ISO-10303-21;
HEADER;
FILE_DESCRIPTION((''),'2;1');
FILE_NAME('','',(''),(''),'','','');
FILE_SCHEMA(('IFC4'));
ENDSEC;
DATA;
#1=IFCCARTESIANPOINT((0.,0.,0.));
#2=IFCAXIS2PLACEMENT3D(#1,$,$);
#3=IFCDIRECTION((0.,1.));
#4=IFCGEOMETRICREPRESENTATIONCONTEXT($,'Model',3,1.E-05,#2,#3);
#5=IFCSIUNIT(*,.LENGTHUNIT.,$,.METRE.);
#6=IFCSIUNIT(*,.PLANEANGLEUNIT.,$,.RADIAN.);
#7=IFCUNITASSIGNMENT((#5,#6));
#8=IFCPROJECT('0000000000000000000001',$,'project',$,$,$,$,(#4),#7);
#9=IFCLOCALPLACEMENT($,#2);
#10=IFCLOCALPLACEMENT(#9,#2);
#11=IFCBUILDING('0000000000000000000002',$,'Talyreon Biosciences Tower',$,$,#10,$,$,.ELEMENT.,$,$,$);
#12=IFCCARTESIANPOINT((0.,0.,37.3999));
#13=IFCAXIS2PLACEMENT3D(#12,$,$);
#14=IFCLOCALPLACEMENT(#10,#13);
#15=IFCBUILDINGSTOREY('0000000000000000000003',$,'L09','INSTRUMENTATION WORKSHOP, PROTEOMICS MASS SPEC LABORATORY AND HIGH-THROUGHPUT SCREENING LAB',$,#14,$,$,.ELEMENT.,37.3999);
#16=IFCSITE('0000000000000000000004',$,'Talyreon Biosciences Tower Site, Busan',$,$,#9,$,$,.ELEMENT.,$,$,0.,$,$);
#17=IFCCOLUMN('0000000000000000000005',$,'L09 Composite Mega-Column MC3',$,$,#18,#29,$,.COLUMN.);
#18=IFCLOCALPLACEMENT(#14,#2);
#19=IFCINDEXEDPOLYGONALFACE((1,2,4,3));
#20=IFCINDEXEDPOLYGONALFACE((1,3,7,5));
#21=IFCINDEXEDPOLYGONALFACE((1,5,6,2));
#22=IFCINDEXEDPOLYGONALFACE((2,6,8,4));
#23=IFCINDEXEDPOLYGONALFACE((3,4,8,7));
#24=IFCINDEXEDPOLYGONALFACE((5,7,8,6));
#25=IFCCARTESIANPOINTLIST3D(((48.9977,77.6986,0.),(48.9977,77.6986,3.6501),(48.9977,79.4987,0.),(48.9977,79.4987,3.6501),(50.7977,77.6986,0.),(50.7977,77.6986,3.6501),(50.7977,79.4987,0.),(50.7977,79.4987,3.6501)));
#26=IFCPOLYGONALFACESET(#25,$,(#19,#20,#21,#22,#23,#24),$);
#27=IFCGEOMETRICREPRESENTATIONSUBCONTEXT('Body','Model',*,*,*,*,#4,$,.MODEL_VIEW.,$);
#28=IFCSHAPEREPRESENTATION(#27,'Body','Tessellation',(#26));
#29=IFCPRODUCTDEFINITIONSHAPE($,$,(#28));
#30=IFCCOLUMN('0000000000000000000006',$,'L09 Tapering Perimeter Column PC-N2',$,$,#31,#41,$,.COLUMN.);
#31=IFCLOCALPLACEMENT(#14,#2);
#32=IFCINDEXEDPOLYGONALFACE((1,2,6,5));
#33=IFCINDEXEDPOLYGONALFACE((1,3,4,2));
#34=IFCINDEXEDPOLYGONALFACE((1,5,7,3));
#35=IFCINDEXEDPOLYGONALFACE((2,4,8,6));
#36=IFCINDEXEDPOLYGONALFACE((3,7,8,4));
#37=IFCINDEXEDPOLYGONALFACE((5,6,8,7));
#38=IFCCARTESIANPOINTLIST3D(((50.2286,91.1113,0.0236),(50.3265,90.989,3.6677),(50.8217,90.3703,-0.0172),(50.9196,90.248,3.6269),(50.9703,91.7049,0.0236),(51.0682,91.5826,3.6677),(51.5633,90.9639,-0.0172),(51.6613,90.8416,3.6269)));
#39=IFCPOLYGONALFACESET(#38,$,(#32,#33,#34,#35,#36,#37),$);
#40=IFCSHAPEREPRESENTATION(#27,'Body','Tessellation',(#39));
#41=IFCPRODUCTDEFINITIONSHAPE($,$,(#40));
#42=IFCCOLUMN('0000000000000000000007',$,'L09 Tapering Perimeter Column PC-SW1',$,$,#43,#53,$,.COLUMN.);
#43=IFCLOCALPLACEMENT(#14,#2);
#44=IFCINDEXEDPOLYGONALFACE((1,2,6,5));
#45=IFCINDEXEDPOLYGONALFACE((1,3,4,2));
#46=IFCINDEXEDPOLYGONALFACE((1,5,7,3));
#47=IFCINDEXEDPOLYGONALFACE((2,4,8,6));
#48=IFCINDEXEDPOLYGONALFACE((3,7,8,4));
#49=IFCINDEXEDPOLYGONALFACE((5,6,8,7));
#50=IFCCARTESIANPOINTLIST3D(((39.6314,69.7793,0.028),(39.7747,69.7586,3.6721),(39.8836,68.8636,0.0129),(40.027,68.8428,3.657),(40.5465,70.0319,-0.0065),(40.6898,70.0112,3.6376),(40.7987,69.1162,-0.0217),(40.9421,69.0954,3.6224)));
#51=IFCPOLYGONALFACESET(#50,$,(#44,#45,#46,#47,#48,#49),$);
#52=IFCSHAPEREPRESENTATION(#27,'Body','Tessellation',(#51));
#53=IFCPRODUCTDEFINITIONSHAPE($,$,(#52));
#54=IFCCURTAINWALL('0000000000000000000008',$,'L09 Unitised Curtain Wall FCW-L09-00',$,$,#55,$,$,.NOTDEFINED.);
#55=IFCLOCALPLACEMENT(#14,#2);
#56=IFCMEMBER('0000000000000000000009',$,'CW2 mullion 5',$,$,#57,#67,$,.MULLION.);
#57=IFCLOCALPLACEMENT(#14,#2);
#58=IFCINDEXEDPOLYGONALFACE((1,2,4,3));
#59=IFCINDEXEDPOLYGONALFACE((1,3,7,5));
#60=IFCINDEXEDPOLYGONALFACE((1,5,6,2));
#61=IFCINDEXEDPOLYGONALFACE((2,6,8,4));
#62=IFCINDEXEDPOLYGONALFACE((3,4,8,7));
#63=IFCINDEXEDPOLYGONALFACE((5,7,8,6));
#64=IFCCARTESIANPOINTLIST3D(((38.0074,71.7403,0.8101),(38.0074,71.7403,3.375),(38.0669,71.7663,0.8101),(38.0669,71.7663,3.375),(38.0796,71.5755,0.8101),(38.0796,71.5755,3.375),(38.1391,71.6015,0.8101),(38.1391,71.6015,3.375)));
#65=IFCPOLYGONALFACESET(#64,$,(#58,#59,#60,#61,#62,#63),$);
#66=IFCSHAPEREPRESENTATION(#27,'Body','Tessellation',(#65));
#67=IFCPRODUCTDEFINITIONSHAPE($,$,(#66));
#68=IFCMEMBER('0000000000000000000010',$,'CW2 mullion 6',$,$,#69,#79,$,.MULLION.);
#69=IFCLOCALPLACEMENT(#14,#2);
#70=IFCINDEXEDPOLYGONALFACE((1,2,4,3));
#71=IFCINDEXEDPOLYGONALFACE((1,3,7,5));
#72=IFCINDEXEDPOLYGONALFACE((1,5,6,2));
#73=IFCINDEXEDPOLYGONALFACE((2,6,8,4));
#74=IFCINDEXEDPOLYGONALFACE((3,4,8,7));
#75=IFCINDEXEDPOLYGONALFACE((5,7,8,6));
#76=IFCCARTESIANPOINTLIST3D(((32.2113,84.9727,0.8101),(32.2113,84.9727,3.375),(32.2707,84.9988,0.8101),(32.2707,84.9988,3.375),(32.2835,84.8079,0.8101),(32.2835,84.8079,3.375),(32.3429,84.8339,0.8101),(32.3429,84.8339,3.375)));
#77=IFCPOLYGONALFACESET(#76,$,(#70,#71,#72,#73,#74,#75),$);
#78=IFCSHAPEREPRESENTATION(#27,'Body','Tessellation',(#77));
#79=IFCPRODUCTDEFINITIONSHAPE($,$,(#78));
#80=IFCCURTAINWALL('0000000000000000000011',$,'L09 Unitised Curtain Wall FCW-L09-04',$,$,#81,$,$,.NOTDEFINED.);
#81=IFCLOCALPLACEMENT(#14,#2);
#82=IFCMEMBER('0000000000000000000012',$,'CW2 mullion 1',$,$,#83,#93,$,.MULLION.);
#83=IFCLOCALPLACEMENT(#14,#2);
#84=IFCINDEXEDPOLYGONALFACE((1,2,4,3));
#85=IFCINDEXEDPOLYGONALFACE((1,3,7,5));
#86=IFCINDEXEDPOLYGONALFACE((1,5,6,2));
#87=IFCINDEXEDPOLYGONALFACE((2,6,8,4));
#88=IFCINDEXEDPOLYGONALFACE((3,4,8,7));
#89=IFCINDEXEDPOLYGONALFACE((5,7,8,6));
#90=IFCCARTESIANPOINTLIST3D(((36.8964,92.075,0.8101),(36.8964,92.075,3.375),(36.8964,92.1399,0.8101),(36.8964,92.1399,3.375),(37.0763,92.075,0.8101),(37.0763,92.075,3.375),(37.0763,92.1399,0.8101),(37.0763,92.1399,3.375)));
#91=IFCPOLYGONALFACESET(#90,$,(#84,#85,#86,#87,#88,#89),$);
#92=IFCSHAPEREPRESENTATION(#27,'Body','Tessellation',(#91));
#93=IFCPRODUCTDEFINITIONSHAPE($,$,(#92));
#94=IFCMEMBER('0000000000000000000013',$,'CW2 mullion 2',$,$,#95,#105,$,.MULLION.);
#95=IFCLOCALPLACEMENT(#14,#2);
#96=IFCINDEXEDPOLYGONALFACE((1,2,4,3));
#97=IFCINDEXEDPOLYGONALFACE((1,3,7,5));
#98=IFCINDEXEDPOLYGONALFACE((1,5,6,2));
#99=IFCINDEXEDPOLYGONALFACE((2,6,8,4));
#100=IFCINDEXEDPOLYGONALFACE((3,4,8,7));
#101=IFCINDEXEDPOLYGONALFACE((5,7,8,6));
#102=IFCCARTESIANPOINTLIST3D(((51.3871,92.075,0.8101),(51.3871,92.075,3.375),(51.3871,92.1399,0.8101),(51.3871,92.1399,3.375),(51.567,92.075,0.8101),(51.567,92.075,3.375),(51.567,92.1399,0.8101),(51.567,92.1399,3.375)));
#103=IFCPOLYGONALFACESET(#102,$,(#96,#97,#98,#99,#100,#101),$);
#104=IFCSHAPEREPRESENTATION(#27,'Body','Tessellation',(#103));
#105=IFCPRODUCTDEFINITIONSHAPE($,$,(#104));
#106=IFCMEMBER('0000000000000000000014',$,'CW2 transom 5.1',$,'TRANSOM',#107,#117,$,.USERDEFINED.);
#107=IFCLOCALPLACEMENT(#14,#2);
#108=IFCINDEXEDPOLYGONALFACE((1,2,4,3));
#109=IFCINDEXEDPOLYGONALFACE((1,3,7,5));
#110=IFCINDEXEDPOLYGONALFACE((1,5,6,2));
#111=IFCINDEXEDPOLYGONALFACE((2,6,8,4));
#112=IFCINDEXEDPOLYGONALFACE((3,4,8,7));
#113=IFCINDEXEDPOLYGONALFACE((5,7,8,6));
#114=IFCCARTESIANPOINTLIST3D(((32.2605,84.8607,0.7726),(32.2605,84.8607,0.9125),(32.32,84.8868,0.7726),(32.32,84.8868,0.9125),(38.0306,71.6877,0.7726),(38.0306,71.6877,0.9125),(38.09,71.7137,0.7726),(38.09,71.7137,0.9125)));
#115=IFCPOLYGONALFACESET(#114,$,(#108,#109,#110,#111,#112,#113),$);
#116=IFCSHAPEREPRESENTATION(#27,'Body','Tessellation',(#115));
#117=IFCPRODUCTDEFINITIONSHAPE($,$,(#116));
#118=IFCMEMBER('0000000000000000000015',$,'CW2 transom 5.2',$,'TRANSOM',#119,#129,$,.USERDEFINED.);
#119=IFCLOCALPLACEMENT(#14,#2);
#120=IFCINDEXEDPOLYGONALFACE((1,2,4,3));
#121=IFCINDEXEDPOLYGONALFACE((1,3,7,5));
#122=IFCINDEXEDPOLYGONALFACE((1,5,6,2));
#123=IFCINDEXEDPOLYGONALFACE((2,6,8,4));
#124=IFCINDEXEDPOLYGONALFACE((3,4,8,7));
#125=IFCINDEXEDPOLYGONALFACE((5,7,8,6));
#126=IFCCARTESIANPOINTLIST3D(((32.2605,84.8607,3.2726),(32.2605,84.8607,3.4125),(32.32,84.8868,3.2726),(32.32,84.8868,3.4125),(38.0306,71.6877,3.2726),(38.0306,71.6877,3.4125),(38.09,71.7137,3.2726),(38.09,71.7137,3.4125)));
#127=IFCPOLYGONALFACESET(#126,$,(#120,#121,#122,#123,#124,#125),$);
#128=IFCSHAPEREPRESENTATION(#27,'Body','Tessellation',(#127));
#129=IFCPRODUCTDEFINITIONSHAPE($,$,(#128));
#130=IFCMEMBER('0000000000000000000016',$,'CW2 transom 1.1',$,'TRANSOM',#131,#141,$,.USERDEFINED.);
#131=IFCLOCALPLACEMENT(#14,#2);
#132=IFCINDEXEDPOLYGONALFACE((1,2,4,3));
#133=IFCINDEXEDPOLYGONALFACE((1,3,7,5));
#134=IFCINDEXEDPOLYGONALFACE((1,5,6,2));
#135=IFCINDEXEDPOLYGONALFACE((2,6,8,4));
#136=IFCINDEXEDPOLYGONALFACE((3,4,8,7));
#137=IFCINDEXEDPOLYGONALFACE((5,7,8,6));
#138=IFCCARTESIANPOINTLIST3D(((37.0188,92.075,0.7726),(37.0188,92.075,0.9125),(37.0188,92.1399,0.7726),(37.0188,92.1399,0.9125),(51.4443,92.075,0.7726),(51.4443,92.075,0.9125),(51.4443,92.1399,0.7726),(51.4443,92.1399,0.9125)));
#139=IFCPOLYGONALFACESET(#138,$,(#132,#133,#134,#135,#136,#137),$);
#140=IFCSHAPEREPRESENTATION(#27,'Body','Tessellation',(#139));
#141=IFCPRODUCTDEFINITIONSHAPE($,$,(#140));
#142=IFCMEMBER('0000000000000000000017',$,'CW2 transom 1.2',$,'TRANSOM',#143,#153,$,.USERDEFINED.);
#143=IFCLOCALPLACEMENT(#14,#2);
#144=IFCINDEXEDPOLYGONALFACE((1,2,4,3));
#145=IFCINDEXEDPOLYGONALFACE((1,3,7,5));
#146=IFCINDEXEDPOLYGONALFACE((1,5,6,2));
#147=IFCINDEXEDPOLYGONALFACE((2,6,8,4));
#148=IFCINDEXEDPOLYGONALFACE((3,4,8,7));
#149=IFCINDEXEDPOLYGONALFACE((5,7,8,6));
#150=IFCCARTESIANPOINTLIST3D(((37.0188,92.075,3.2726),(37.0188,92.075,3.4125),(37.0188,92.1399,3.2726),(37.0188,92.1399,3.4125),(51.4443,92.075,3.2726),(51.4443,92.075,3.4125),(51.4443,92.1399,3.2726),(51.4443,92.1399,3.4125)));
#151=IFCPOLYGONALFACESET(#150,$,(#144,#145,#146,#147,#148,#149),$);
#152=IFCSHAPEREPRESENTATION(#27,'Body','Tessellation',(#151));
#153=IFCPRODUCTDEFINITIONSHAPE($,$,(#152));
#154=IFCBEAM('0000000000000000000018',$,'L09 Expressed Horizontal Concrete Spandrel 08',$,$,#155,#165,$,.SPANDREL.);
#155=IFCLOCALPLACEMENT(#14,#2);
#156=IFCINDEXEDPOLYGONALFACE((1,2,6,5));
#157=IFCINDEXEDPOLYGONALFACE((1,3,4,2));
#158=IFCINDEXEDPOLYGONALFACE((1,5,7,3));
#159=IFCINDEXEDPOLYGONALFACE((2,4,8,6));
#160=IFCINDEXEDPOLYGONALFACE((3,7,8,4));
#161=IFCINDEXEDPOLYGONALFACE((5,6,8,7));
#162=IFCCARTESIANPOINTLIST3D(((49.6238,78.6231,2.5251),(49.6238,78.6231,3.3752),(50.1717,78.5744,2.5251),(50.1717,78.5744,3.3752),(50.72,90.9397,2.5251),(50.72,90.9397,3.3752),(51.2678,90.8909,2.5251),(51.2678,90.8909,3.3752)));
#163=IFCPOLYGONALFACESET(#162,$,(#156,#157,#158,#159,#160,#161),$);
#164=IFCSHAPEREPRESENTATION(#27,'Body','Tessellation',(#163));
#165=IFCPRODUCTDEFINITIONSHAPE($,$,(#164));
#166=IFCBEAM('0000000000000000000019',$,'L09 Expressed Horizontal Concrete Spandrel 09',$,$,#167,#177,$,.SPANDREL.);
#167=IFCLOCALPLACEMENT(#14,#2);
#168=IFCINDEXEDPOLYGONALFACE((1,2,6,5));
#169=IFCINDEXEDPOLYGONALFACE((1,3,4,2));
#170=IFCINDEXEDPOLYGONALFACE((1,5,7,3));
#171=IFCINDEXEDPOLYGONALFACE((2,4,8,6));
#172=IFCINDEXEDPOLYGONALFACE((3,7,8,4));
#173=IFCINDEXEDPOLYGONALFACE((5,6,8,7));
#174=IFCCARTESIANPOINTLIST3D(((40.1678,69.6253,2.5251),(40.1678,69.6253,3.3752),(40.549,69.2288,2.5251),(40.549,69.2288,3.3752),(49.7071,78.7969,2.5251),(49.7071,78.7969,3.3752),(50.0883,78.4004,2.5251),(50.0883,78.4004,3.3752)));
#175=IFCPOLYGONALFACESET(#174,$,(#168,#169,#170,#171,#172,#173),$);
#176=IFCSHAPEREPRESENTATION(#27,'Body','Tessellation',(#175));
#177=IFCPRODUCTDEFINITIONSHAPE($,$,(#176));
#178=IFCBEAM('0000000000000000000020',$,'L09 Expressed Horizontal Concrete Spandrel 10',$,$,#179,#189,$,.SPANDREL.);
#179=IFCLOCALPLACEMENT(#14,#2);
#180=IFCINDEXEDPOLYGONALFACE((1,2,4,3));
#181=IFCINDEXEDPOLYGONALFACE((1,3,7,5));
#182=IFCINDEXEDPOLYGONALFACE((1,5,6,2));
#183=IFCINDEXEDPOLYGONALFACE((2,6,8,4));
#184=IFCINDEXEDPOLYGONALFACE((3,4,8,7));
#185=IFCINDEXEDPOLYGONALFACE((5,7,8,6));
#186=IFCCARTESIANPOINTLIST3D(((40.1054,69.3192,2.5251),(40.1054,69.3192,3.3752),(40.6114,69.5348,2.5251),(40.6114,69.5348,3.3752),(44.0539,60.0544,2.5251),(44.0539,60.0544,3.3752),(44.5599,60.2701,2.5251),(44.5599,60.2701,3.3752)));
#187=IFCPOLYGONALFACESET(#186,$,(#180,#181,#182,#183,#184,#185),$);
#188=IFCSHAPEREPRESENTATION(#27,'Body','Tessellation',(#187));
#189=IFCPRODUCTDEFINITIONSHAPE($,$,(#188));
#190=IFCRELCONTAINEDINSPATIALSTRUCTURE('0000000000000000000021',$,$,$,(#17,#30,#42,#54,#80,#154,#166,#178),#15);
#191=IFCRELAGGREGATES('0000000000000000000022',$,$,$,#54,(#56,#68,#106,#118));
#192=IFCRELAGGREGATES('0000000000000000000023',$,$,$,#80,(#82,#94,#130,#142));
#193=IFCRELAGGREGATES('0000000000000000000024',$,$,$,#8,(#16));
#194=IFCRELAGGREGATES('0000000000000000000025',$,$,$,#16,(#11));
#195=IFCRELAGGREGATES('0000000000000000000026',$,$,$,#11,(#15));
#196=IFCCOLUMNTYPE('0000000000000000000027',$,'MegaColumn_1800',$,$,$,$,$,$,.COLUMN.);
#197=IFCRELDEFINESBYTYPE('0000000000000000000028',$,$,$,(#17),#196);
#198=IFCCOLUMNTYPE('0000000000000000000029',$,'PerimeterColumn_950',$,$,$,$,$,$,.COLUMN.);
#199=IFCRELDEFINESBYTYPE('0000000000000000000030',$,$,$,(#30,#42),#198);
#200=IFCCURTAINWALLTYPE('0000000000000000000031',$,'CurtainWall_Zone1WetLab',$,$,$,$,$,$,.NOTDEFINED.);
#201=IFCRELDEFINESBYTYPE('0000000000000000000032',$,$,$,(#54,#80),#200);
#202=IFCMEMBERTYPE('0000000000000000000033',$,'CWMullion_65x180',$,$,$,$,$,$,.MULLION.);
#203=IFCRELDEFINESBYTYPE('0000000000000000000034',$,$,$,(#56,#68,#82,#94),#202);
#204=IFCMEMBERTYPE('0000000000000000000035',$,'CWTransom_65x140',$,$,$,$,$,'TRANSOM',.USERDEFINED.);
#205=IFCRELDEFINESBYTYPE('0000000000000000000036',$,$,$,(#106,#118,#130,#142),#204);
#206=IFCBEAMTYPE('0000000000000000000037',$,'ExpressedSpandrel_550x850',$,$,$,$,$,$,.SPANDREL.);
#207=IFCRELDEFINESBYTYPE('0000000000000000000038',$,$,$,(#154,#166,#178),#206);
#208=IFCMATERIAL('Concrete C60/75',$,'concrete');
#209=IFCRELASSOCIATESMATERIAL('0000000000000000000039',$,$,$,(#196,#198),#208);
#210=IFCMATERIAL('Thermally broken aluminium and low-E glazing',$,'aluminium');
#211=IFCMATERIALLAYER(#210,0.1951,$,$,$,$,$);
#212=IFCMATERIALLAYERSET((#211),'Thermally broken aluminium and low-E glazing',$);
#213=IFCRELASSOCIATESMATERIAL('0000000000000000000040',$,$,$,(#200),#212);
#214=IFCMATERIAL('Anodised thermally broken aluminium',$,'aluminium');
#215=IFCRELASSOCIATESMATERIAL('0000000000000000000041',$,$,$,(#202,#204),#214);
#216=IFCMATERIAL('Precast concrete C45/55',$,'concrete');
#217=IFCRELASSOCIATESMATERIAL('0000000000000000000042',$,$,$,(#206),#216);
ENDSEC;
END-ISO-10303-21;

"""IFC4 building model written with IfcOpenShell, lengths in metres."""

from ifc_helpers import new_model, si_unit, direction, frame, origin, origin_2d, place, context, subcontext, project, spatial, rectangle, extrude, material, layer, layer_set, material_profile, profile_set, type_object, element, aggregate, save


model = new_model("IFC4")

# Units and contexts
model_context = context("Model", 3, precision=1e-05, world=origin(), true_north=direction((0.0, 1.0)))
body_context = subcontext(model_context, "Body", "Model", "MODEL_VIEW")
ifc_project = project(units=[si_unit("LENGTHUNIT", "METRE"), si_unit("PLANEANGLEUNIT", "RADIAN")], contexts=[model_context])

# Site, building, storey
site_placement = place(None, origin())
site = spatial("IfcSite", under=ifc_project, at=site_placement, Name="Talyreon Biosciences Tower Site, Busan", CompositionType="ELEMENT", RefElevation=0.0)
building_placement = place(site_placement, origin())
building = spatial("IfcBuilding", under=site, at=building_placement, Name="Talyreon Biosciences Tower", CompositionType="ELEMENT")
storey_placement = place(building_placement, frame((0.0, 0.0, 37.3999)))
storey = spatial("IfcBuildingStorey", under=building, at=storey_placement, Name="L09", Description="INSTRUMENTATION WORKSHOP, PROTEOMICS MASS SPEC LABORATORY AND HIGH-THROUGHPUT SCREENING LAB", CompositionType="ELEMENT", Elevation=37.3999)

# Columns
ifc_material_1 = material(Name="Concrete C60/75", Category="concrete")
ifc_material_profile_1 = material_profile(ifc_material_1, rectangle(XDim=1.8, YDim=1.8, at=origin_2d()), Name="RC 1800x1800")
ifc_profile_set_1 = profile_set([ifc_material_profile_1], Name="Concrete C60/75")
column_type_1 = type_object("IfcColumnType", Name="MegaColumn_1800", PredefinedType="COLUMN", material=ifc_profile_set_1)
column_1_placement = place(storey_placement, frame((49.8977, 78.5986, 0.0), z_axis=(0.0, 0.0, 1.0), x_axis=(1.0, 0.0, 0.0)))
element("IfcColumn", 1, at=column_1_placement, inside=storey, type_object=column_type_1, Name="L09 Composite Mega-Column MC3", PredefinedType="COLUMN", context=body_context, shape_type="SweptSolid", body=[
    extrude(rectangle(XDim=1.8, YDim=1.8, at=origin_2d()), origin(), (0.0, 0.0, 1.0), 3.6501),
])
ifc_material_profile_2 = material_profile(ifc_material_1, rectangle(XDim=0.95, YDim=0.95, at=origin_2d()), Name="RC 950x950")
ifc_profile_set_2 = profile_set([ifc_material_profile_2], Name="Concrete C60/75")
column_type_2 = type_object("IfcColumnType", Name="PerimeterColumn_950", PredefinedType="COLUMN", material=ifc_profile_set_2)
column_2_placement = place(storey_placement, frame((50.896, 91.0376, 0.0032), z_axis=(0.026841, -0.033535, 0.999077), x_axis=(-0.780717, -0.624885, 0.0)))
element("IfcColumn", 2, at=column_2_placement, inside=storey, type_object=column_type_2, Name="L09 Tapering Perimeter Column PC-N2", PredefinedType="COLUMN", context=body_context, shape_type="SweptSolid", body=[
    extrude(rectangle(XDim=0.95, YDim=0.95, at=origin_2d()), origin(), (0.0, 0.0, 1.0), 3.6475),
])
column_3_placement = place(storey_placement, frame((40.2151, 69.4478, 0.0032), z_axis=(0.039296, -0.00569, 0.999211), x_axis=(0.963308, 0.265922, -0.03637)))
element("IfcColumn", 3, at=column_3_placement, inside=storey, type_object=column_type_2, Name="L09 Tapering Perimeter Column PC-SW1", PredefinedType="COLUMN", context=body_context, shape_type="SweptSolid", body=[
    extrude(rectangle(XDim=0.95, YDim=0.95, at=origin_2d()), origin(), (0.0, 0.0, 1.0), 3.647),
])

# Curtain walls, members
ifc_material_2 = material(Name="Thermally broken aluminium and low-E glazing", Category="aluminium")
ifc_layer_1 = layer(ifc_material_2, 0.1951)
ifc_layer_set_1 = layer_set([ifc_layer_1], Name="Thermally broken aluminium and low-E glazing")
curtain_wall_type = type_object("IfcCurtainWallType", Name="CurtainWall_Zone1WetLab", PredefinedType="NOTDEFINED", material=ifc_layer_set_1)
curtain_wall_1_placement = place(storey_placement, origin())
curtain_wall_1 = element("IfcCurtainWall", 4, at=curtain_wall_1_placement, inside=storey, type_object=curtain_wall_type, Name="L09 Unitised Curtain Wall FCW-L09-00", PredefinedType="NOTDEFINED")
ifc_material_3 = material(Name="Anodised thermally broken aluminium", Category="aluminium")
ifc_material_profile_3 = material_profile(ifc_material_3, rectangle(XDim=0.0649, YDim=0.1799, at=origin_2d()), Name="ALUM MULLION 65x180")
ifc_profile_set_3 = profile_set([ifc_material_profile_3], Name="Anodised thermally broken aluminium")
member_type_1 = type_object("IfcMemberType", Name="CWMullion_65x180", PredefinedType="MULLION", material=ifc_profile_set_3)
member_1_placement = place(storey_placement, frame((38.0732, 71.6709, 0.8101), z_axis=(0.0, 0.0, 1.0), x_axis=(-0.91598, -0.401223, 0.0)))
member_1 = element("IfcMember", 5, at=member_1_placement, type_object=member_type_1, Name="CW2 mullion 5", PredefinedType="MULLION", context=body_context, shape_type="SweptSolid", body=[
    extrude(rectangle(XDim=0.0649, YDim=0.1799, at=origin_2d()), origin(), (0.0, 0.0, 1.0), 2.5649),
])
member_2_placement = place(storey_placement, frame((32.2771, 84.9033, 0.8101), z_axis=(0.0, 0.0, 1.0), x_axis=(-0.91598, -0.401223, 0.0)))
member_2 = element("IfcMember", 6, at=member_2_placement, type_object=member_type_1, Name="CW2 mullion 6", PredefinedType="MULLION", context=body_context, shape_type="SweptSolid", body=[
    extrude(rectangle(XDim=0.0649, YDim=0.1799, at=origin_2d()), origin(), (0.0, 0.0, 1.0), 2.5649),
])
curtain_wall_2_placement = place(storey_placement, origin())
curtain_wall_2 = element("IfcCurtainWall", 7, at=curtain_wall_2_placement, inside=storey, type_object=curtain_wall_type, Name="L09 Unitised Curtain Wall FCW-L09-04", PredefinedType="NOTDEFINED")
member_3_placement = place(storey_placement, frame((36.9863, 92.1074, 0.8101), z_axis=(0.0, 0.0, 1.0), x_axis=(0.0, 1.0, 0.0)))
member_3 = element("IfcMember", 8, at=member_3_placement, type_object=member_type_1, Name="CW2 mullion 1", PredefinedType="MULLION", context=body_context, shape_type="SweptSolid", body=[
    extrude(rectangle(XDim=0.0649, YDim=0.1799, at=origin_2d()), origin(), (0.0, 0.0, 1.0), 2.5649),
])
member_4_placement = place(storey_placement, frame((51.4771, 92.1074, 0.8101), z_axis=(0.0, 0.0, 1.0), x_axis=(0.0, 1.0, 0.0)))
member_4 = element("IfcMember", 9, at=member_4_placement, type_object=member_type_1, Name="CW2 mullion 2", PredefinedType="MULLION", context=body_context, shape_type="SweptSolid", body=[
    extrude(rectangle(XDim=0.0649, YDim=0.1799, at=origin_2d()), origin(), (0.0, 0.0, 1.0), 2.5649),
])

# Members
ifc_material_profile_4 = material_profile(ifc_material_3, rectangle(XDim=0.0649, YDim=0.1399, at=origin_2d()), Name="ALUM TRANSOM 65x140")
ifc_profile_set_4 = profile_set([ifc_material_profile_4], Name="Anodised thermally broken aluminium")
member_type_2 = type_object("IfcMemberType", Name="CWTransom_65x140", ElementType="TRANSOM", PredefinedType="USERDEFINED", material=ifc_profile_set_4)
member_5_placement = place(storey_placement, frame((38.0603, 71.7007, 0.8425), z_axis=(-0.401215, 0.915984, 0.0), x_axis=(-0.915984, -0.401215, 0.0)))
member_5 = element("IfcMember", 10, at=member_5_placement, type_object=member_type_2, Name="CW2 transom 5.1", ObjectType="TRANSOM", PredefinedType="USERDEFINED", context=body_context, shape_type="SweptSolid", body=[
    extrude(rectangle(XDim=0.0649, YDim=0.1399, at=origin_2d()), origin(), (0.0, 0.0, 1.0), 14.3813),
])
member_6_placement = place(storey_placement, frame((38.0603, 71.7007, 3.3425), z_axis=(-0.401215, 0.915984, 0.0), x_axis=(-0.915984, -0.401215, 0.0)))
member_6 = element("IfcMember", 11, at=member_6_placement, type_object=member_type_2, Name="CW2 transom 5.2", ObjectType="TRANSOM", PredefinedType="USERDEFINED", context=body_context, shape_type="SweptSolid", body=[
    extrude(rectangle(XDim=0.0649, YDim=0.1399, at=origin_2d()), origin(), (0.0, 0.0, 1.0), 14.3813),
])
member_7_placement = place(storey_placement, frame((37.0188, 92.1074, 0.8425), z_axis=(1.0, 0.0, 0.0), x_axis=(0.0, 1.0, 0.0)))
member_7 = element("IfcMember", 12, at=member_7_placement, type_object=member_type_2, Name="CW2 transom 1.1", ObjectType="TRANSOM", PredefinedType="USERDEFINED", context=body_context, shape_type="SweptSolid", body=[
    extrude(rectangle(XDim=0.0649, YDim=0.1399, at=origin_2d()), origin(), (0.0, 0.0, 1.0), 14.4255),
])
member_8_placement = place(storey_placement, frame((37.0188, 92.1074, 3.3425), z_axis=(1.0, 0.0, 0.0), x_axis=(0.0, 1.0, 0.0)))
member_8 = element("IfcMember", 13, at=member_8_placement, type_object=member_type_2, Name="CW2 transom 1.2", ObjectType="TRANSOM", PredefinedType="USERDEFINED", context=body_context, shape_type="SweptSolid", body=[
    extrude(rectangle(XDim=0.0649, YDim=0.1399, at=origin_2d()), origin(), (0.0, 0.0, 1.0), 14.4255),
])

# Beams
ifc_material_4 = material(Name="Precast concrete C45/55", Category="concrete")
ifc_material_profile_5 = material_profile(ifc_material_4, rectangle(XDim=0.55, YDim=0.8501, at=origin_2d()), Name="RCB 550x850")
ifc_profile_set_5 = profile_set([ifc_material_profile_5], Name="Precast concrete C45/55")
beam_type_1 = type_object("IfcBeamType", Name="ExpressedSpandrel_550x850", PredefinedType="SPANDREL", material=ifc_profile_set_5)
beam_1_placement = place(storey_placement, frame((50.9939, 90.9153, 2.9502), z_axis=(-0.08865, -0.996063, 0.0), x_axis=(0.996063, -0.08865, 0.0)))
element("IfcBeam", 14, at=beam_1_placement, inside=storey, type_object=beam_type_1, Name="L09 Expressed Horizontal Concrete Spandrel 08", PredefinedType="SPANDREL", context=body_context, shape_type="SweptSolid", body=[
    extrude(rectangle(XDim=0.55, YDim=0.8501, at=origin_2d()), origin(), (0.0, 0.0, 1.0), 12.3652),
])
beam_2_placement = place(storey_placement, frame((49.8977, 78.5986, 2.9502), z_axis=(-0.720862, -0.693078, 0.0), x_axis=(0.693078, -0.720862, 0.0)))
element("IfcBeam", 15, at=beam_2_placement, inside=storey, type_object=beam_type_1, Name="L09 Expressed Horizontal Concrete Spandrel 09", PredefinedType="SPANDREL", context=body_context, shape_type="SweptSolid", body=[
    extrude(rectangle(XDim=0.55, YDim=0.8501, at=origin_2d()), origin(), (0.0, 0.0, 1.0), 13.2332),
])
beam_3_placement = place(storey_placement, frame((40.3584, 69.427, 2.9502), z_axis=(0.392066, -0.919937, 0.0), x_axis=(0.919937, 0.392066, 0.0)))
element("IfcBeam", 16, at=beam_3_placement, inside=storey, type_object=beam_type_1, Name="L09 Expressed Horizontal Concrete Spandrel 10", PredefinedType="SPANDREL", context=body_context, shape_type="SweptSolid", body=[
    extrude(rectangle(XDim=0.55, YDim=0.8501, at=origin_2d()), origin(), (0.0, 0.0, 1.0), 10.071),
])

aggregate(curtain_wall_1, [member_1, member_2, member_5, member_6])
aggregate(curtain_wall_2, [member_3, member_4, member_7, member_8])

save(model, "model.ifc")
